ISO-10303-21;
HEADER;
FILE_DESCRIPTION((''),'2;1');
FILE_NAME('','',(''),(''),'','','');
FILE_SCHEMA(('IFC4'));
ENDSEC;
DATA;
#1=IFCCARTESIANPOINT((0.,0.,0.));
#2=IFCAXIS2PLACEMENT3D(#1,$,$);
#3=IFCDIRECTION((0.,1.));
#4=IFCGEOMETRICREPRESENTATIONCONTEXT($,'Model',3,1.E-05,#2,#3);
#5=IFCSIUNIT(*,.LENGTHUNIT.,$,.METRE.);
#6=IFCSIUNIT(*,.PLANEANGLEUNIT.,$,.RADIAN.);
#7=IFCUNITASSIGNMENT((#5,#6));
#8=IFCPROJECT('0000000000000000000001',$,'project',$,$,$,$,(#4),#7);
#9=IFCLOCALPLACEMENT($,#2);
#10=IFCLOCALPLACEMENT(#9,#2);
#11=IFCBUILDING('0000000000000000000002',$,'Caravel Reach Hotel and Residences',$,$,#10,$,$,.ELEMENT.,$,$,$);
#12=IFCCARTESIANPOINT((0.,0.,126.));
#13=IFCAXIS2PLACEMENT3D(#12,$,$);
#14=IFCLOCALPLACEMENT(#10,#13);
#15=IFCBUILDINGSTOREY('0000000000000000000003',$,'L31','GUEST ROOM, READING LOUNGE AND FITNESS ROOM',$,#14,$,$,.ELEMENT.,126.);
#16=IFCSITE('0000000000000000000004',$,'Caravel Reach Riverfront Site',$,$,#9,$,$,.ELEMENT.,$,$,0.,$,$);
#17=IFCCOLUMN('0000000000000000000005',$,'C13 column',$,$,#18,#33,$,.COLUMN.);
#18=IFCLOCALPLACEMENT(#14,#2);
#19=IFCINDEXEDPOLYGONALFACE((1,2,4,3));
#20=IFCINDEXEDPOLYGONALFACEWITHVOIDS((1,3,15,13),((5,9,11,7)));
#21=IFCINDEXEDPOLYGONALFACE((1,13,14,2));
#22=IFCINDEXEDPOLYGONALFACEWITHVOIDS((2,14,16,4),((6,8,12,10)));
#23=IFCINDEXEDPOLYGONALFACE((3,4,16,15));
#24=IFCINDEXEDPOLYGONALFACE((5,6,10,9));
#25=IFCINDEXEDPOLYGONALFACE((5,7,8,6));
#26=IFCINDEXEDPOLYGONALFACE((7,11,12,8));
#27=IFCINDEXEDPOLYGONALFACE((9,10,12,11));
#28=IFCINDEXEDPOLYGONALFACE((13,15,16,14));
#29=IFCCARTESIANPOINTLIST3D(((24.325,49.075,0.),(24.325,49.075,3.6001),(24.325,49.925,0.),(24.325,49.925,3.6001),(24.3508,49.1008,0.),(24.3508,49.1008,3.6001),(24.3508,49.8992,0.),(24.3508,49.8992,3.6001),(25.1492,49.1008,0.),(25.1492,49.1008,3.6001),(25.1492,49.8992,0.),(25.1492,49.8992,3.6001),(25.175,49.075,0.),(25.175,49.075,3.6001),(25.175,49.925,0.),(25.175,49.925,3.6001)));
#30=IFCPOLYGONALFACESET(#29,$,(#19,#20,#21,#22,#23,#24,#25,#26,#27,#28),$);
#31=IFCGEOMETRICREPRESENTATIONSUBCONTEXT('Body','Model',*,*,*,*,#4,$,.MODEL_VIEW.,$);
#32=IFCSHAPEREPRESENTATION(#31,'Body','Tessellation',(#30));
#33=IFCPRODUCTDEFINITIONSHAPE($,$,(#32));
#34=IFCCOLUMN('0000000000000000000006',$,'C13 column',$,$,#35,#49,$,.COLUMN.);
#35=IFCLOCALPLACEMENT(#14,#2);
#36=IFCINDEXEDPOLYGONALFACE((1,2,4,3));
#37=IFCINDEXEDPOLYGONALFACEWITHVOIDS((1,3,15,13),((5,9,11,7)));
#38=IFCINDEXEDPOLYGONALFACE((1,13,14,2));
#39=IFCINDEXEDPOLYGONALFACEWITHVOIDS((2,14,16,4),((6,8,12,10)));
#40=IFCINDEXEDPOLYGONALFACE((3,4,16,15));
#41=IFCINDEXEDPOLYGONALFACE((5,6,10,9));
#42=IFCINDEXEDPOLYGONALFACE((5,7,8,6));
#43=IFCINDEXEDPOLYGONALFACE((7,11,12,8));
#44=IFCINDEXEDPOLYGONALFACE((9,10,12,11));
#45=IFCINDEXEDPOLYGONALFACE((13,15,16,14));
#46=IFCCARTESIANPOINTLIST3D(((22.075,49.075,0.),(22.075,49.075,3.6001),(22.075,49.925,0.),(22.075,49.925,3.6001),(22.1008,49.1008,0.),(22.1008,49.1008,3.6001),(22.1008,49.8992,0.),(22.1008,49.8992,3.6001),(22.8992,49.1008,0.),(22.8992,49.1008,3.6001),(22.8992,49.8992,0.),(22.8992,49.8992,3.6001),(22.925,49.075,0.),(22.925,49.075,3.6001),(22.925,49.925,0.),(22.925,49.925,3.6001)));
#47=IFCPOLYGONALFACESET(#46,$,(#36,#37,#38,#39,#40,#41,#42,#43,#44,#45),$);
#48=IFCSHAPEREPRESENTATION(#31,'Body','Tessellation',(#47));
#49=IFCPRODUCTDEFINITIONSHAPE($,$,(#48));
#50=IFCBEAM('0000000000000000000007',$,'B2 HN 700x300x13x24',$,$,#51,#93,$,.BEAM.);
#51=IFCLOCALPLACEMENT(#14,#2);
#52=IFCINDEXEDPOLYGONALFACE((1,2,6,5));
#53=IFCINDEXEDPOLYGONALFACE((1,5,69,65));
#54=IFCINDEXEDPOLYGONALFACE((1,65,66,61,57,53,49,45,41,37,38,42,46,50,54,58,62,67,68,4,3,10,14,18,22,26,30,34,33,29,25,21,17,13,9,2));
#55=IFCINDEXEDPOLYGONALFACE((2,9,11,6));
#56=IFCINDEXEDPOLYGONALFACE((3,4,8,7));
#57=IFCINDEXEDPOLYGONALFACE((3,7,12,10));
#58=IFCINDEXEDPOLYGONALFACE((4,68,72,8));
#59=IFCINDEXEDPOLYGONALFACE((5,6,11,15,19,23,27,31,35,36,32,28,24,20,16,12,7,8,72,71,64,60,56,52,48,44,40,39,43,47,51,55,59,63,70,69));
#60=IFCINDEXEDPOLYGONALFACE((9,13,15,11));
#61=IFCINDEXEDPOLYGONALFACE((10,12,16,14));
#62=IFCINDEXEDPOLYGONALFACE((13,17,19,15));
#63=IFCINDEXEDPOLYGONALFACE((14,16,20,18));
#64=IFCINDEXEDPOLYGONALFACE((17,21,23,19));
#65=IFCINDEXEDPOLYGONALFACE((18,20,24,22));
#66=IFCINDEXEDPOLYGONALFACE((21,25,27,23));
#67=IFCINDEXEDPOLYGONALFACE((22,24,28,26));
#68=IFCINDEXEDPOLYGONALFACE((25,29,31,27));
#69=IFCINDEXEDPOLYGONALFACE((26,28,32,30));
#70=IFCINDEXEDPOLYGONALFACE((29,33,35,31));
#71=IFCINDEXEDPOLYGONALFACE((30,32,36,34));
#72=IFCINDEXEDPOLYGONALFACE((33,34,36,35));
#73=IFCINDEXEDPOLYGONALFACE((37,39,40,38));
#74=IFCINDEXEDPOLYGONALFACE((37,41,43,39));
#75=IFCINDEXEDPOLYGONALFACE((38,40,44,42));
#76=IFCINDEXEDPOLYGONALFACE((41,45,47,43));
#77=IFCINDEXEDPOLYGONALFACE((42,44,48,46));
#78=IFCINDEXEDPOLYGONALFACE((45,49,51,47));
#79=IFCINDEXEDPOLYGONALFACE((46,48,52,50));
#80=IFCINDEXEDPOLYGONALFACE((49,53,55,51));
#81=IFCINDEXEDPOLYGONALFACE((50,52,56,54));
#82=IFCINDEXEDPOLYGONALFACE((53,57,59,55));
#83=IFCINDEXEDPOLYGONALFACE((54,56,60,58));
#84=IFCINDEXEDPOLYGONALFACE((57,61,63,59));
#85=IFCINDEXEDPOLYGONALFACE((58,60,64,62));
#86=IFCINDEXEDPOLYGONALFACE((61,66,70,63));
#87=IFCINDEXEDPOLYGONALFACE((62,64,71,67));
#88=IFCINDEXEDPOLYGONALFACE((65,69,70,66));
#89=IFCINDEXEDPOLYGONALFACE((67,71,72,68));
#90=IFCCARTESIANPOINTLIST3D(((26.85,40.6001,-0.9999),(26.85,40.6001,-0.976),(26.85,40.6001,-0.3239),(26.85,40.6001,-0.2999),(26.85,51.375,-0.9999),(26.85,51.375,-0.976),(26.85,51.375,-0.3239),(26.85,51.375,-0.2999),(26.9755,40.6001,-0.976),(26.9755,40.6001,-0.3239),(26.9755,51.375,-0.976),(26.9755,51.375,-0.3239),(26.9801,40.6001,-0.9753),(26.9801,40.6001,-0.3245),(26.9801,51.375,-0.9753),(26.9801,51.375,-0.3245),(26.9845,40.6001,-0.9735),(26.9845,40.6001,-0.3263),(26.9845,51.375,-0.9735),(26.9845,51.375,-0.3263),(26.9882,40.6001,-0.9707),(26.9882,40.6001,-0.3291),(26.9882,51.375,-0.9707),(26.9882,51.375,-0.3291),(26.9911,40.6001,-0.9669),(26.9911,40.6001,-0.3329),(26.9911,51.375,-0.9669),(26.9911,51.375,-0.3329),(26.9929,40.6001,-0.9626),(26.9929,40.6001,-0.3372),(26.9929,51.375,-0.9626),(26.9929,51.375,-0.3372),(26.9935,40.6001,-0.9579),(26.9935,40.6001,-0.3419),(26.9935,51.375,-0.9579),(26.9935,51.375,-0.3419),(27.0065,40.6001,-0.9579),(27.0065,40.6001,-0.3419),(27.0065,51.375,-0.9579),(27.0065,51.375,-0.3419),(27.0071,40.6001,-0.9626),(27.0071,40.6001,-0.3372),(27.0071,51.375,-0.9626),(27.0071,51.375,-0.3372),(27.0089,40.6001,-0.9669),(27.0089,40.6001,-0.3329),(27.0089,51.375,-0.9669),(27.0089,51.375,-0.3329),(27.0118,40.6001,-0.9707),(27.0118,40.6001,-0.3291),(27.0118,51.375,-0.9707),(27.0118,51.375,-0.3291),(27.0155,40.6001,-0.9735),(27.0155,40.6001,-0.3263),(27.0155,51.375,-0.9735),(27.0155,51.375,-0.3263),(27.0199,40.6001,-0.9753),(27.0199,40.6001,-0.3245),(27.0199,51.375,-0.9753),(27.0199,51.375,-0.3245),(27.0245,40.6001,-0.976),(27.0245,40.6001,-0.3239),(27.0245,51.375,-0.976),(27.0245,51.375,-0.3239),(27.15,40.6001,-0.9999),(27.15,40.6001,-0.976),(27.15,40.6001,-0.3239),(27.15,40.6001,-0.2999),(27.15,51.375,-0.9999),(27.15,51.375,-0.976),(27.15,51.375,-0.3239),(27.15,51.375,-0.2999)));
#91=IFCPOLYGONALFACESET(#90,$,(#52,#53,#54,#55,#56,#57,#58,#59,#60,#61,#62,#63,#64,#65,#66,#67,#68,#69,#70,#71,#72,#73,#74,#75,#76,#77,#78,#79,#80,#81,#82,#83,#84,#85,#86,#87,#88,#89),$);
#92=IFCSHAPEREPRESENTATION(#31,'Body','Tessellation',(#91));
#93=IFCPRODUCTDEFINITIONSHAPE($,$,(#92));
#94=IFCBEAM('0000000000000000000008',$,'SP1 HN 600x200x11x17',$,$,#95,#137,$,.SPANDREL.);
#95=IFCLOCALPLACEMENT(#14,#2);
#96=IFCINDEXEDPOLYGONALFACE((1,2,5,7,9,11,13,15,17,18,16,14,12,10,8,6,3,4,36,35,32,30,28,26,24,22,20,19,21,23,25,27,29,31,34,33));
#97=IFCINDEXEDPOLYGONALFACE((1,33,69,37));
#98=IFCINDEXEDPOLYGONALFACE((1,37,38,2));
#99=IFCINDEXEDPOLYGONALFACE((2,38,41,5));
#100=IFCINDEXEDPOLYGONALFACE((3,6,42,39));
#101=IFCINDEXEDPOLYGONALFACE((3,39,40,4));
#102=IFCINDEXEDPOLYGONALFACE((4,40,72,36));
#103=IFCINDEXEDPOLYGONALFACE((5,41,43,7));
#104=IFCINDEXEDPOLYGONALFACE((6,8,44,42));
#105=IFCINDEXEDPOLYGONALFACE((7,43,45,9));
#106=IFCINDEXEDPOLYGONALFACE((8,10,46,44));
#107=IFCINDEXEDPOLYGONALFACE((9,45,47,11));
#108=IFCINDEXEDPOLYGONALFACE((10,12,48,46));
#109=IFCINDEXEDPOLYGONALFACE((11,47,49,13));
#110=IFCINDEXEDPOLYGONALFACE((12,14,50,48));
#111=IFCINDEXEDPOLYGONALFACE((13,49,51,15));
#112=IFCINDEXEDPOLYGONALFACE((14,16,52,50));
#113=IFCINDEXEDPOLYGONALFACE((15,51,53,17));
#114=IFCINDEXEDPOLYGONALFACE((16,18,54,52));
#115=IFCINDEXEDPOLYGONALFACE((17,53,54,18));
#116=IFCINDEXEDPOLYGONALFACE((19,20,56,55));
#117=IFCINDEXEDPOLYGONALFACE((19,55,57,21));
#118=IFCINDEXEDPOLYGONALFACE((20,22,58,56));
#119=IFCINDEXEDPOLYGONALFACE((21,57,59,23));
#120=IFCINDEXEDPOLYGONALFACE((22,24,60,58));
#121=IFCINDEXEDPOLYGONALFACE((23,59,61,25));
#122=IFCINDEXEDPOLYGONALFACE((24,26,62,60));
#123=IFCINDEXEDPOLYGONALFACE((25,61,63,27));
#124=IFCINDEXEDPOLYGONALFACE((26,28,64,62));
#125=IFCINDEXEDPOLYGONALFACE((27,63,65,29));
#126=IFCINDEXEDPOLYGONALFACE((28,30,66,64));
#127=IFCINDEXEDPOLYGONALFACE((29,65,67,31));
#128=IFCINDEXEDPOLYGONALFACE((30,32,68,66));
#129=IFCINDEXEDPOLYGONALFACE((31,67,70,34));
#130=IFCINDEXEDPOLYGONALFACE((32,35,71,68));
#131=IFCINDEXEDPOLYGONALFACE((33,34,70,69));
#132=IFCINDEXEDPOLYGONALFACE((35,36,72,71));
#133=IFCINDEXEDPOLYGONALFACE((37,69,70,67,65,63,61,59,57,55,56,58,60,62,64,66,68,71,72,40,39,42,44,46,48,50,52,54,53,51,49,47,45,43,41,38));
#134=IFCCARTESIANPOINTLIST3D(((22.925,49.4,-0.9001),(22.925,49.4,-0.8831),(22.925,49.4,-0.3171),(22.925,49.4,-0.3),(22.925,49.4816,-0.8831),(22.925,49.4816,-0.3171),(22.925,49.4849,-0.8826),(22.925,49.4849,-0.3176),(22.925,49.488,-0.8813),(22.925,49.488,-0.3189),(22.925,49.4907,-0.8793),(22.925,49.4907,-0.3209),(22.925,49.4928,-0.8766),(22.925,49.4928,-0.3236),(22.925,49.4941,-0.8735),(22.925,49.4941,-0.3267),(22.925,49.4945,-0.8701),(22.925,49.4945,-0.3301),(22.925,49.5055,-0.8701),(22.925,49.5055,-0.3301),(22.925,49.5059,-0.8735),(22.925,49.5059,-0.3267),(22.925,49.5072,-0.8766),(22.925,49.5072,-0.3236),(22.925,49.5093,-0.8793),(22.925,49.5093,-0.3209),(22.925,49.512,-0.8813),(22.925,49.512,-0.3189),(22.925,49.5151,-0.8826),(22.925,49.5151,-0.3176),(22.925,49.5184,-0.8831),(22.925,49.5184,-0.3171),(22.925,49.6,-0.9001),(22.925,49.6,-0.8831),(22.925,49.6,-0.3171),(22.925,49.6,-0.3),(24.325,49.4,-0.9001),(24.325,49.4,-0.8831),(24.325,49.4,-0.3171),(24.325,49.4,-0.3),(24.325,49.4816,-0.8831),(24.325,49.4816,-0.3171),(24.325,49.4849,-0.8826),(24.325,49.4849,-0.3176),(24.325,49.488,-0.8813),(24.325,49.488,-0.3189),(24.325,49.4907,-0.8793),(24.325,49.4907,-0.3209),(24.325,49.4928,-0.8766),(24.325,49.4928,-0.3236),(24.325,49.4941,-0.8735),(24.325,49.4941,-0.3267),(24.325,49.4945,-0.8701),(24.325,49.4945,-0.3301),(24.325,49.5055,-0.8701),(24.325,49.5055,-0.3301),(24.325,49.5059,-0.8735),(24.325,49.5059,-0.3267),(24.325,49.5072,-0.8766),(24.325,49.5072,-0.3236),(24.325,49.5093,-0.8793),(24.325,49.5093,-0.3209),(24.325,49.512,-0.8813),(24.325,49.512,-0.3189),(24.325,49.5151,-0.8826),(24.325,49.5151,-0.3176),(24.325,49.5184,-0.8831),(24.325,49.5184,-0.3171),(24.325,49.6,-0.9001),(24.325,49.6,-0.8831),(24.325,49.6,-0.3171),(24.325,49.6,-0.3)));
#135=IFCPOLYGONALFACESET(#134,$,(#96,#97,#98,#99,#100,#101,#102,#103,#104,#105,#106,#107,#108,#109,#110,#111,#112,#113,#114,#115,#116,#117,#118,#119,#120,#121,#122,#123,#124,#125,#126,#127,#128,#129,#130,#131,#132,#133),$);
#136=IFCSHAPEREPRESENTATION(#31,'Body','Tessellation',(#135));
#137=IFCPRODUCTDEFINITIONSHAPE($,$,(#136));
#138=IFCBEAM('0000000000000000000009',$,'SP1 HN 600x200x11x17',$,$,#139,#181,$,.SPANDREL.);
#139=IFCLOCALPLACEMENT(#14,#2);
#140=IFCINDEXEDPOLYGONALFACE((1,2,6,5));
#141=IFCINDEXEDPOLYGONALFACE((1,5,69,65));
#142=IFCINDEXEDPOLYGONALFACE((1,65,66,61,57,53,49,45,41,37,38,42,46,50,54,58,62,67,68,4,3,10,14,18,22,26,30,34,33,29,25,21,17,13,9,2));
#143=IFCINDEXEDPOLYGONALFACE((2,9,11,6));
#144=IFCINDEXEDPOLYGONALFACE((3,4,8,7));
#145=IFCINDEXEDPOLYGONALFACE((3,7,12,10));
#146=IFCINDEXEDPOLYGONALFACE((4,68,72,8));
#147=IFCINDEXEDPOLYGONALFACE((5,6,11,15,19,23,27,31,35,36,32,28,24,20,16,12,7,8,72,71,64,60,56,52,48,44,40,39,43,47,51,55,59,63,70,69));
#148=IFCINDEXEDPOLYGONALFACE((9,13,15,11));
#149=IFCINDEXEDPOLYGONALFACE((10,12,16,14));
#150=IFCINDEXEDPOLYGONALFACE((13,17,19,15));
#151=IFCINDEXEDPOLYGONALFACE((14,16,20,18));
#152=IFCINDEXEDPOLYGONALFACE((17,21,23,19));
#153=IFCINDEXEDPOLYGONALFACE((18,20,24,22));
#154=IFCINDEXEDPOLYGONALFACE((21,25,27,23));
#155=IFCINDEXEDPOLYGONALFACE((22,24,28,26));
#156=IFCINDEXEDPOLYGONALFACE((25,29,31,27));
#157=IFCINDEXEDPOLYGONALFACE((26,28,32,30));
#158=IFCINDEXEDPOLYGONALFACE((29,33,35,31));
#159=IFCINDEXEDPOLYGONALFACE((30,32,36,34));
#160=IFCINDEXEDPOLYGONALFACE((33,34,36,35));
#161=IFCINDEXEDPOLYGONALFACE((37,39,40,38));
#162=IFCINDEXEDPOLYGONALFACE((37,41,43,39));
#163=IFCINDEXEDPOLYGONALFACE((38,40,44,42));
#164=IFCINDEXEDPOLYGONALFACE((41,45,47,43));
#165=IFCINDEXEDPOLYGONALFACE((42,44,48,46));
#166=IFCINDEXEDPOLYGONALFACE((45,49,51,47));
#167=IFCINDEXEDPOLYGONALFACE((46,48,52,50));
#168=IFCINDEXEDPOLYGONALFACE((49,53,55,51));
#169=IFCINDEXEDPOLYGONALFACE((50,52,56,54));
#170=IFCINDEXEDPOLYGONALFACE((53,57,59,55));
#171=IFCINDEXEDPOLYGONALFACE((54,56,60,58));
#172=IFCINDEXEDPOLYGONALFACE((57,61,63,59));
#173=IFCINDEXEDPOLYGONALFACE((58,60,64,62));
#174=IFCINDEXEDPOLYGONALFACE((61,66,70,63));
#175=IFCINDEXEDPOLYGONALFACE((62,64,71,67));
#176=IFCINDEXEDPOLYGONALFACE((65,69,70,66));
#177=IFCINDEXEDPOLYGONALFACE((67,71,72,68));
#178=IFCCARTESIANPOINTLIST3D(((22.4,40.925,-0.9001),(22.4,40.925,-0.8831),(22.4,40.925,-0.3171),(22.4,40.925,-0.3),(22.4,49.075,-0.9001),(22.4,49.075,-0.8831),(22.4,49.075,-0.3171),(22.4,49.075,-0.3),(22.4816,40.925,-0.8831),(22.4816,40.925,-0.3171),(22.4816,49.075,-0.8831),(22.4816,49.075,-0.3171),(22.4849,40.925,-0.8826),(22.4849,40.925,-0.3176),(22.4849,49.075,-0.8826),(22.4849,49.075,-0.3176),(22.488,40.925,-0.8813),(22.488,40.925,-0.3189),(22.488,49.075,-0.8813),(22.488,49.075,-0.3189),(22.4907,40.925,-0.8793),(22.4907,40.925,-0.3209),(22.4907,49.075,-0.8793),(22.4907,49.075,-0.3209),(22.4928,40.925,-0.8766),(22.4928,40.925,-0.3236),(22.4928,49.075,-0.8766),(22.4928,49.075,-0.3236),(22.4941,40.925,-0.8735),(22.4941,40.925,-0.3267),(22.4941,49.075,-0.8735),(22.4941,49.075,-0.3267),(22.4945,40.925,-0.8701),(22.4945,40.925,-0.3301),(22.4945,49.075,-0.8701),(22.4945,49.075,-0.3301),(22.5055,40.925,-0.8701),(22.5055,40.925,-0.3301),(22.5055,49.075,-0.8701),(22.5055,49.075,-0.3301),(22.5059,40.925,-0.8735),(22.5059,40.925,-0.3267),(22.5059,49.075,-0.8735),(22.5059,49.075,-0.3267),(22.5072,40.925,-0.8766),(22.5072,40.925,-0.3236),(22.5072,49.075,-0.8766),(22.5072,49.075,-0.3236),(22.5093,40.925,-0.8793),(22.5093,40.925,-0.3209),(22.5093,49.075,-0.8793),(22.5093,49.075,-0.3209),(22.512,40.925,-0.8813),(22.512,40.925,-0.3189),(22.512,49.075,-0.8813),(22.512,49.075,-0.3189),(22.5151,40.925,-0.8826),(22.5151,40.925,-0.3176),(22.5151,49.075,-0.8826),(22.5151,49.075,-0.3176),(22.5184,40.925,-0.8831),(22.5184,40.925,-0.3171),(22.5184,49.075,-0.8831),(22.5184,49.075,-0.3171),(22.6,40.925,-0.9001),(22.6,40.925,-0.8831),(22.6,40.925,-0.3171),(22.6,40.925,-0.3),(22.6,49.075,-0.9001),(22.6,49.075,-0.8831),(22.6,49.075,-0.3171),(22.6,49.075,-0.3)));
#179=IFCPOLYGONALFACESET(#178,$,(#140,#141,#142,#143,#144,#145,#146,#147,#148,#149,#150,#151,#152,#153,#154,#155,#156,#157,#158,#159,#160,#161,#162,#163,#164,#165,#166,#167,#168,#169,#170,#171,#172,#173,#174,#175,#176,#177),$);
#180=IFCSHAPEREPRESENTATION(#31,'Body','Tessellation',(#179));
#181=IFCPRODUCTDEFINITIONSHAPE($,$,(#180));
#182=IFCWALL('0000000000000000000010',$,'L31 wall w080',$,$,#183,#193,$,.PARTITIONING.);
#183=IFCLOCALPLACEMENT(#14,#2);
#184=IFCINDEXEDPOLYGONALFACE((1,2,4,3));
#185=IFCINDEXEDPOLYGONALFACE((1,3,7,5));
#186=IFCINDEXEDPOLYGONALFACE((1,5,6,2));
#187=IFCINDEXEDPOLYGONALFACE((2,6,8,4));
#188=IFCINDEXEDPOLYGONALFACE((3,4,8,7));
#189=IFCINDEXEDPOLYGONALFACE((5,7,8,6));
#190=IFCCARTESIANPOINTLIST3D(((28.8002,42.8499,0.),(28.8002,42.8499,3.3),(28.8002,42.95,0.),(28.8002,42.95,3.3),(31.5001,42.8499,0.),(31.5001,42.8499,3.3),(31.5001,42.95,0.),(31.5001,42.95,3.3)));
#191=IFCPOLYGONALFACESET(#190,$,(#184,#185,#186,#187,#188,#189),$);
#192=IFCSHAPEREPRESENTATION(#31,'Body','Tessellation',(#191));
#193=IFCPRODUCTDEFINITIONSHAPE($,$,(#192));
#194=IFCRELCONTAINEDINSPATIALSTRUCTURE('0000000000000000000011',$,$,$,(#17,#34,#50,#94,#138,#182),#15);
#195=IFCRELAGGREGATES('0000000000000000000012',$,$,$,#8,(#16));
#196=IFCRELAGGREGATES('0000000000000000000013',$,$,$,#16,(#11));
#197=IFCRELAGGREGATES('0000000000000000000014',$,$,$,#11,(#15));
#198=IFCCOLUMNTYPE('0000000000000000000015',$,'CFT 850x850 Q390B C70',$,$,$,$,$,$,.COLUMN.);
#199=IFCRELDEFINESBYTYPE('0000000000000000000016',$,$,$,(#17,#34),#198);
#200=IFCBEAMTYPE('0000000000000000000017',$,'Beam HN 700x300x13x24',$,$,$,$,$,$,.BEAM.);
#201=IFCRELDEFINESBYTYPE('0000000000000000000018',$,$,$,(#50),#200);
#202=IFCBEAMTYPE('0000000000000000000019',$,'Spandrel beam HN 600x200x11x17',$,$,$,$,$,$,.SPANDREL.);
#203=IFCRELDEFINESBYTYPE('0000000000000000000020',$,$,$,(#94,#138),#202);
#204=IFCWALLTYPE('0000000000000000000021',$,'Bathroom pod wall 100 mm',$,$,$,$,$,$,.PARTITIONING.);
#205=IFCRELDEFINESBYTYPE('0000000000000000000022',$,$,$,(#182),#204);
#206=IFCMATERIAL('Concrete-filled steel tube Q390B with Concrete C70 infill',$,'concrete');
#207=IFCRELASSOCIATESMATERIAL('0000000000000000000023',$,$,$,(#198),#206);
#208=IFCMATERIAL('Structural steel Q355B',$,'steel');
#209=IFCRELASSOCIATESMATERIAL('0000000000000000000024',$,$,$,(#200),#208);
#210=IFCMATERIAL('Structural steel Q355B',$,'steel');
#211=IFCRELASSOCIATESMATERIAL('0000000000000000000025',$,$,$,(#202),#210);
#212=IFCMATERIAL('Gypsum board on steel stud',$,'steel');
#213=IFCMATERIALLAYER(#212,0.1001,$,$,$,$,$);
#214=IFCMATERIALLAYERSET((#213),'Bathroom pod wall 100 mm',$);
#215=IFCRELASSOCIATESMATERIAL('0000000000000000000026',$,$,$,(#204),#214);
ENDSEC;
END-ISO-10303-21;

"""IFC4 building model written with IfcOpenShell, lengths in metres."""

from ifc_helpers import new_model, si_unit, direction, frame, frame_2d, origin, origin_2d, place, context, subcontext, project, spatial, rectangle, hollow_rectangle, i_section, extrude, material, layer, layer_set, material_profile, profile_set, type_object, element, save


model = new_model("IFC4")

# Units and contexts
model_context = context("Model", 3, precision=1e-05, world=origin(), true_north=direction((0.0, 1.0)))
body_context = subcontext(model_context, "Body", "Model", "MODEL_VIEW")
ifc_project = project(units=[si_unit("LENGTHUNIT", "METRE"), si_unit("PLANEANGLEUNIT", "RADIAN")], contexts=[model_context])

# Site, building, storey
site_placement = place(None, origin())
site = spatial("IfcSite", under=ifc_project, at=site_placement, Name="Caravel Reach Riverfront Site", CompositionType="ELEMENT", RefElevation=0.0)
building_placement = place(site_placement, origin())
building = spatial("IfcBuilding", under=site, at=building_placement, Name="Caravel Reach Hotel and Residences", CompositionType="ELEMENT")
storey_placement = place(building_placement, frame((0.0, 0.0, 126.0)))
storey = spatial("IfcBuildingStorey", under=building, at=storey_placement, Name="L31", Description="GUEST ROOM, READING LOUNGE AND FITNESS ROOM", CompositionType="ELEMENT", Elevation=126.0)

# Columns
ifc_material_1 = material(Name="Concrete-filled steel tube Q390B with Concrete C70 infill", Category="concrete")
ifc_material_profile_1 = material_profile(ifc_material_1, hollow_rectangle(XDim=0.8501, YDim=0.8501, WallThickness=0.0259, at=origin_2d()), Name="RHS 850x850x26")
ifc_profile_set_1 = profile_set([ifc_material_profile_1], Name="Concrete-filled steel tube Q390B with Concrete C70 infill")
column_type = type_object("IfcColumnType", Name="CFT 850x850 Q390B C70", PredefinedType="COLUMN", material=ifc_profile_set_1)
for number, where, z_axis, x_axis, name in (
    (1, (24.75, 49.5, 0.0), (0.0, 0.0, 1.0), (1.0, 0.0, 0.0), "C13 column"),
    (2, (22.5, 49.5, 0.0), (0.0, 0.0, 1.0), (1.0, 0.0, 0.0), "C13 column"),
):
    element("IfcColumn", number, at=place(storey_placement, frame(where, z_axis=z_axis, x_axis=x_axis)), inside=storey, type_object=column_type, Name=name, PredefinedType="COLUMN", context=body_context, shape_type="SweptSolid", body=[
        extrude(hollow_rectangle(XDim=0.8501, YDim=0.8501, WallThickness=0.0259, at=origin_2d()), origin(), (0.0, 0.0, 1.0), 3.6001),
    ])

# Beams
ifc_material_2 = material(Name="Structural steel Q355B", Category="steel")
ifc_material_profile_2 = material_profile(ifc_material_2, i_section(OverallWidth=0.3, OverallDepth=0.7, WebThickness=0.0129, FlangeThickness=0.0239, FilletRadius=0.0181, at=origin_2d()), Name="HN 700x300x13x24")
ifc_profile_set_2 = profile_set([ifc_material_profile_2], Name="Structural steel Q355B")
beam_type_1 = type_object("IfcBeamType", Name="Beam HN 700x300x13x24", PredefinedType="BEAM", material=ifc_profile_set_2)
beam_1_placement = place(storey_placement, frame((27.0, 40.6001, -0.6499), z_axis=(0.0, 1.0, 0.0), x_axis=(-1.0, 0.0, 0.0)))
element("IfcBeam", 3, at=beam_1_placement, inside=storey, type_object=beam_type_1, Name="B2 HN 700x300x13x24", PredefinedType="BEAM", context=body_context, shape_type="SweptSolid", body=[
    extrude(i_section(OverallWidth=0.3, OverallDepth=0.7, WebThickness=0.0129, FlangeThickness=0.0239, FilletRadius=0.0181, at=origin_2d()), origin(), (0.0, 0.0, 1.0), 10.7749),
])
ifc_material_3 = material(Name="Structural steel Q355B", Category="steel")
ifc_material_profile_3 = material_profile(ifc_material_3, i_section(OverallWidth=0.2, OverallDepth=0.6001, WebThickness=0.011, FlangeThickness=0.0171, FilletRadius=0.0129, at=origin_2d()), Name="HN 600x200x11x17")
ifc_profile_set_3 = profile_set([ifc_material_profile_3], Name="Structural steel Q355B")
beam_type_2 = type_object("IfcBeamType", Name="Spandrel beam HN 600x200x11x17", PredefinedType="SPANDREL", material=ifc_profile_set_3)
beam_2_placement = place(storey_placement, frame((24.325, 49.5, -0.6001), z_axis=(-1.0, 0.0, 0.0), x_axis=(0.0, -1.0, 0.0)))
element("IfcBeam", 4, at=beam_2_placement, inside=storey, type_object=beam_type_2, Name="SP1 HN 600x200x11x17", PredefinedType="SPANDREL", context=body_context, shape_type="SweptSolid", body=[
    extrude(i_section(OverallWidth=0.2, OverallDepth=0.6001, WebThickness=0.011, FlangeThickness=0.0171, FilletRadius=0.0129, at=origin_2d()), origin(), (0.0, 0.0, 1.0), 1.3999),
])
beam_3_placement = place(storey_placement, frame((22.5, 49.075, -0.6001), z_axis=(0.0, -1.0, 0.0), x_axis=(1.0, 0.0, 0.0)))
element("IfcBeam", 5, at=beam_3_placement, inside=storey, type_object=beam_type_2, Name="SP1 HN 600x200x11x17", PredefinedType="SPANDREL", context=body_context, shape_type="SweptSolid", body=[
    extrude(i_section(OverallWidth=0.2, OverallDepth=0.6001, WebThickness=0.011, FlangeThickness=0.0171, FilletRadius=0.0129, at=origin_2d()), origin(), (0.0, 0.0, 1.0), 8.1499),
])

# Wall
ifc_material_4 = material(Name="Gypsum board on steel stud", Category="steel")
ifc_layer_1 = layer(ifc_material_4, 0.1001)
ifc_layer_set_1 = layer_set([ifc_layer_1], Name="Bathroom pod wall 100 mm")
wall_type_1 = type_object("IfcWallType", Name="Bathroom pod wall 100 mm", PredefinedType="PARTITIONING", material=ifc_layer_set_1)
wall_1_placement = place(storey_placement, frame((28.8, 42.8999, 0.0), z_axis=(0.0, 0.0, 1.0), x_axis=(1.0, 0.0, 0.0)))
element("IfcWall", 6, at=wall_1_placement, inside=storey, type_object=wall_type_1, Name="L31 wall w080", PredefinedType="PARTITIONING", context=body_context, shape_type="SweptSolid", body=[
    extrude(rectangle(XDim=2.7, YDim=0.1001, at=frame_2d((1.3501, 0.0))), origin(), (0.0, 0.0, 1.0), 3.3),
])

save(model, "model.ifc")
